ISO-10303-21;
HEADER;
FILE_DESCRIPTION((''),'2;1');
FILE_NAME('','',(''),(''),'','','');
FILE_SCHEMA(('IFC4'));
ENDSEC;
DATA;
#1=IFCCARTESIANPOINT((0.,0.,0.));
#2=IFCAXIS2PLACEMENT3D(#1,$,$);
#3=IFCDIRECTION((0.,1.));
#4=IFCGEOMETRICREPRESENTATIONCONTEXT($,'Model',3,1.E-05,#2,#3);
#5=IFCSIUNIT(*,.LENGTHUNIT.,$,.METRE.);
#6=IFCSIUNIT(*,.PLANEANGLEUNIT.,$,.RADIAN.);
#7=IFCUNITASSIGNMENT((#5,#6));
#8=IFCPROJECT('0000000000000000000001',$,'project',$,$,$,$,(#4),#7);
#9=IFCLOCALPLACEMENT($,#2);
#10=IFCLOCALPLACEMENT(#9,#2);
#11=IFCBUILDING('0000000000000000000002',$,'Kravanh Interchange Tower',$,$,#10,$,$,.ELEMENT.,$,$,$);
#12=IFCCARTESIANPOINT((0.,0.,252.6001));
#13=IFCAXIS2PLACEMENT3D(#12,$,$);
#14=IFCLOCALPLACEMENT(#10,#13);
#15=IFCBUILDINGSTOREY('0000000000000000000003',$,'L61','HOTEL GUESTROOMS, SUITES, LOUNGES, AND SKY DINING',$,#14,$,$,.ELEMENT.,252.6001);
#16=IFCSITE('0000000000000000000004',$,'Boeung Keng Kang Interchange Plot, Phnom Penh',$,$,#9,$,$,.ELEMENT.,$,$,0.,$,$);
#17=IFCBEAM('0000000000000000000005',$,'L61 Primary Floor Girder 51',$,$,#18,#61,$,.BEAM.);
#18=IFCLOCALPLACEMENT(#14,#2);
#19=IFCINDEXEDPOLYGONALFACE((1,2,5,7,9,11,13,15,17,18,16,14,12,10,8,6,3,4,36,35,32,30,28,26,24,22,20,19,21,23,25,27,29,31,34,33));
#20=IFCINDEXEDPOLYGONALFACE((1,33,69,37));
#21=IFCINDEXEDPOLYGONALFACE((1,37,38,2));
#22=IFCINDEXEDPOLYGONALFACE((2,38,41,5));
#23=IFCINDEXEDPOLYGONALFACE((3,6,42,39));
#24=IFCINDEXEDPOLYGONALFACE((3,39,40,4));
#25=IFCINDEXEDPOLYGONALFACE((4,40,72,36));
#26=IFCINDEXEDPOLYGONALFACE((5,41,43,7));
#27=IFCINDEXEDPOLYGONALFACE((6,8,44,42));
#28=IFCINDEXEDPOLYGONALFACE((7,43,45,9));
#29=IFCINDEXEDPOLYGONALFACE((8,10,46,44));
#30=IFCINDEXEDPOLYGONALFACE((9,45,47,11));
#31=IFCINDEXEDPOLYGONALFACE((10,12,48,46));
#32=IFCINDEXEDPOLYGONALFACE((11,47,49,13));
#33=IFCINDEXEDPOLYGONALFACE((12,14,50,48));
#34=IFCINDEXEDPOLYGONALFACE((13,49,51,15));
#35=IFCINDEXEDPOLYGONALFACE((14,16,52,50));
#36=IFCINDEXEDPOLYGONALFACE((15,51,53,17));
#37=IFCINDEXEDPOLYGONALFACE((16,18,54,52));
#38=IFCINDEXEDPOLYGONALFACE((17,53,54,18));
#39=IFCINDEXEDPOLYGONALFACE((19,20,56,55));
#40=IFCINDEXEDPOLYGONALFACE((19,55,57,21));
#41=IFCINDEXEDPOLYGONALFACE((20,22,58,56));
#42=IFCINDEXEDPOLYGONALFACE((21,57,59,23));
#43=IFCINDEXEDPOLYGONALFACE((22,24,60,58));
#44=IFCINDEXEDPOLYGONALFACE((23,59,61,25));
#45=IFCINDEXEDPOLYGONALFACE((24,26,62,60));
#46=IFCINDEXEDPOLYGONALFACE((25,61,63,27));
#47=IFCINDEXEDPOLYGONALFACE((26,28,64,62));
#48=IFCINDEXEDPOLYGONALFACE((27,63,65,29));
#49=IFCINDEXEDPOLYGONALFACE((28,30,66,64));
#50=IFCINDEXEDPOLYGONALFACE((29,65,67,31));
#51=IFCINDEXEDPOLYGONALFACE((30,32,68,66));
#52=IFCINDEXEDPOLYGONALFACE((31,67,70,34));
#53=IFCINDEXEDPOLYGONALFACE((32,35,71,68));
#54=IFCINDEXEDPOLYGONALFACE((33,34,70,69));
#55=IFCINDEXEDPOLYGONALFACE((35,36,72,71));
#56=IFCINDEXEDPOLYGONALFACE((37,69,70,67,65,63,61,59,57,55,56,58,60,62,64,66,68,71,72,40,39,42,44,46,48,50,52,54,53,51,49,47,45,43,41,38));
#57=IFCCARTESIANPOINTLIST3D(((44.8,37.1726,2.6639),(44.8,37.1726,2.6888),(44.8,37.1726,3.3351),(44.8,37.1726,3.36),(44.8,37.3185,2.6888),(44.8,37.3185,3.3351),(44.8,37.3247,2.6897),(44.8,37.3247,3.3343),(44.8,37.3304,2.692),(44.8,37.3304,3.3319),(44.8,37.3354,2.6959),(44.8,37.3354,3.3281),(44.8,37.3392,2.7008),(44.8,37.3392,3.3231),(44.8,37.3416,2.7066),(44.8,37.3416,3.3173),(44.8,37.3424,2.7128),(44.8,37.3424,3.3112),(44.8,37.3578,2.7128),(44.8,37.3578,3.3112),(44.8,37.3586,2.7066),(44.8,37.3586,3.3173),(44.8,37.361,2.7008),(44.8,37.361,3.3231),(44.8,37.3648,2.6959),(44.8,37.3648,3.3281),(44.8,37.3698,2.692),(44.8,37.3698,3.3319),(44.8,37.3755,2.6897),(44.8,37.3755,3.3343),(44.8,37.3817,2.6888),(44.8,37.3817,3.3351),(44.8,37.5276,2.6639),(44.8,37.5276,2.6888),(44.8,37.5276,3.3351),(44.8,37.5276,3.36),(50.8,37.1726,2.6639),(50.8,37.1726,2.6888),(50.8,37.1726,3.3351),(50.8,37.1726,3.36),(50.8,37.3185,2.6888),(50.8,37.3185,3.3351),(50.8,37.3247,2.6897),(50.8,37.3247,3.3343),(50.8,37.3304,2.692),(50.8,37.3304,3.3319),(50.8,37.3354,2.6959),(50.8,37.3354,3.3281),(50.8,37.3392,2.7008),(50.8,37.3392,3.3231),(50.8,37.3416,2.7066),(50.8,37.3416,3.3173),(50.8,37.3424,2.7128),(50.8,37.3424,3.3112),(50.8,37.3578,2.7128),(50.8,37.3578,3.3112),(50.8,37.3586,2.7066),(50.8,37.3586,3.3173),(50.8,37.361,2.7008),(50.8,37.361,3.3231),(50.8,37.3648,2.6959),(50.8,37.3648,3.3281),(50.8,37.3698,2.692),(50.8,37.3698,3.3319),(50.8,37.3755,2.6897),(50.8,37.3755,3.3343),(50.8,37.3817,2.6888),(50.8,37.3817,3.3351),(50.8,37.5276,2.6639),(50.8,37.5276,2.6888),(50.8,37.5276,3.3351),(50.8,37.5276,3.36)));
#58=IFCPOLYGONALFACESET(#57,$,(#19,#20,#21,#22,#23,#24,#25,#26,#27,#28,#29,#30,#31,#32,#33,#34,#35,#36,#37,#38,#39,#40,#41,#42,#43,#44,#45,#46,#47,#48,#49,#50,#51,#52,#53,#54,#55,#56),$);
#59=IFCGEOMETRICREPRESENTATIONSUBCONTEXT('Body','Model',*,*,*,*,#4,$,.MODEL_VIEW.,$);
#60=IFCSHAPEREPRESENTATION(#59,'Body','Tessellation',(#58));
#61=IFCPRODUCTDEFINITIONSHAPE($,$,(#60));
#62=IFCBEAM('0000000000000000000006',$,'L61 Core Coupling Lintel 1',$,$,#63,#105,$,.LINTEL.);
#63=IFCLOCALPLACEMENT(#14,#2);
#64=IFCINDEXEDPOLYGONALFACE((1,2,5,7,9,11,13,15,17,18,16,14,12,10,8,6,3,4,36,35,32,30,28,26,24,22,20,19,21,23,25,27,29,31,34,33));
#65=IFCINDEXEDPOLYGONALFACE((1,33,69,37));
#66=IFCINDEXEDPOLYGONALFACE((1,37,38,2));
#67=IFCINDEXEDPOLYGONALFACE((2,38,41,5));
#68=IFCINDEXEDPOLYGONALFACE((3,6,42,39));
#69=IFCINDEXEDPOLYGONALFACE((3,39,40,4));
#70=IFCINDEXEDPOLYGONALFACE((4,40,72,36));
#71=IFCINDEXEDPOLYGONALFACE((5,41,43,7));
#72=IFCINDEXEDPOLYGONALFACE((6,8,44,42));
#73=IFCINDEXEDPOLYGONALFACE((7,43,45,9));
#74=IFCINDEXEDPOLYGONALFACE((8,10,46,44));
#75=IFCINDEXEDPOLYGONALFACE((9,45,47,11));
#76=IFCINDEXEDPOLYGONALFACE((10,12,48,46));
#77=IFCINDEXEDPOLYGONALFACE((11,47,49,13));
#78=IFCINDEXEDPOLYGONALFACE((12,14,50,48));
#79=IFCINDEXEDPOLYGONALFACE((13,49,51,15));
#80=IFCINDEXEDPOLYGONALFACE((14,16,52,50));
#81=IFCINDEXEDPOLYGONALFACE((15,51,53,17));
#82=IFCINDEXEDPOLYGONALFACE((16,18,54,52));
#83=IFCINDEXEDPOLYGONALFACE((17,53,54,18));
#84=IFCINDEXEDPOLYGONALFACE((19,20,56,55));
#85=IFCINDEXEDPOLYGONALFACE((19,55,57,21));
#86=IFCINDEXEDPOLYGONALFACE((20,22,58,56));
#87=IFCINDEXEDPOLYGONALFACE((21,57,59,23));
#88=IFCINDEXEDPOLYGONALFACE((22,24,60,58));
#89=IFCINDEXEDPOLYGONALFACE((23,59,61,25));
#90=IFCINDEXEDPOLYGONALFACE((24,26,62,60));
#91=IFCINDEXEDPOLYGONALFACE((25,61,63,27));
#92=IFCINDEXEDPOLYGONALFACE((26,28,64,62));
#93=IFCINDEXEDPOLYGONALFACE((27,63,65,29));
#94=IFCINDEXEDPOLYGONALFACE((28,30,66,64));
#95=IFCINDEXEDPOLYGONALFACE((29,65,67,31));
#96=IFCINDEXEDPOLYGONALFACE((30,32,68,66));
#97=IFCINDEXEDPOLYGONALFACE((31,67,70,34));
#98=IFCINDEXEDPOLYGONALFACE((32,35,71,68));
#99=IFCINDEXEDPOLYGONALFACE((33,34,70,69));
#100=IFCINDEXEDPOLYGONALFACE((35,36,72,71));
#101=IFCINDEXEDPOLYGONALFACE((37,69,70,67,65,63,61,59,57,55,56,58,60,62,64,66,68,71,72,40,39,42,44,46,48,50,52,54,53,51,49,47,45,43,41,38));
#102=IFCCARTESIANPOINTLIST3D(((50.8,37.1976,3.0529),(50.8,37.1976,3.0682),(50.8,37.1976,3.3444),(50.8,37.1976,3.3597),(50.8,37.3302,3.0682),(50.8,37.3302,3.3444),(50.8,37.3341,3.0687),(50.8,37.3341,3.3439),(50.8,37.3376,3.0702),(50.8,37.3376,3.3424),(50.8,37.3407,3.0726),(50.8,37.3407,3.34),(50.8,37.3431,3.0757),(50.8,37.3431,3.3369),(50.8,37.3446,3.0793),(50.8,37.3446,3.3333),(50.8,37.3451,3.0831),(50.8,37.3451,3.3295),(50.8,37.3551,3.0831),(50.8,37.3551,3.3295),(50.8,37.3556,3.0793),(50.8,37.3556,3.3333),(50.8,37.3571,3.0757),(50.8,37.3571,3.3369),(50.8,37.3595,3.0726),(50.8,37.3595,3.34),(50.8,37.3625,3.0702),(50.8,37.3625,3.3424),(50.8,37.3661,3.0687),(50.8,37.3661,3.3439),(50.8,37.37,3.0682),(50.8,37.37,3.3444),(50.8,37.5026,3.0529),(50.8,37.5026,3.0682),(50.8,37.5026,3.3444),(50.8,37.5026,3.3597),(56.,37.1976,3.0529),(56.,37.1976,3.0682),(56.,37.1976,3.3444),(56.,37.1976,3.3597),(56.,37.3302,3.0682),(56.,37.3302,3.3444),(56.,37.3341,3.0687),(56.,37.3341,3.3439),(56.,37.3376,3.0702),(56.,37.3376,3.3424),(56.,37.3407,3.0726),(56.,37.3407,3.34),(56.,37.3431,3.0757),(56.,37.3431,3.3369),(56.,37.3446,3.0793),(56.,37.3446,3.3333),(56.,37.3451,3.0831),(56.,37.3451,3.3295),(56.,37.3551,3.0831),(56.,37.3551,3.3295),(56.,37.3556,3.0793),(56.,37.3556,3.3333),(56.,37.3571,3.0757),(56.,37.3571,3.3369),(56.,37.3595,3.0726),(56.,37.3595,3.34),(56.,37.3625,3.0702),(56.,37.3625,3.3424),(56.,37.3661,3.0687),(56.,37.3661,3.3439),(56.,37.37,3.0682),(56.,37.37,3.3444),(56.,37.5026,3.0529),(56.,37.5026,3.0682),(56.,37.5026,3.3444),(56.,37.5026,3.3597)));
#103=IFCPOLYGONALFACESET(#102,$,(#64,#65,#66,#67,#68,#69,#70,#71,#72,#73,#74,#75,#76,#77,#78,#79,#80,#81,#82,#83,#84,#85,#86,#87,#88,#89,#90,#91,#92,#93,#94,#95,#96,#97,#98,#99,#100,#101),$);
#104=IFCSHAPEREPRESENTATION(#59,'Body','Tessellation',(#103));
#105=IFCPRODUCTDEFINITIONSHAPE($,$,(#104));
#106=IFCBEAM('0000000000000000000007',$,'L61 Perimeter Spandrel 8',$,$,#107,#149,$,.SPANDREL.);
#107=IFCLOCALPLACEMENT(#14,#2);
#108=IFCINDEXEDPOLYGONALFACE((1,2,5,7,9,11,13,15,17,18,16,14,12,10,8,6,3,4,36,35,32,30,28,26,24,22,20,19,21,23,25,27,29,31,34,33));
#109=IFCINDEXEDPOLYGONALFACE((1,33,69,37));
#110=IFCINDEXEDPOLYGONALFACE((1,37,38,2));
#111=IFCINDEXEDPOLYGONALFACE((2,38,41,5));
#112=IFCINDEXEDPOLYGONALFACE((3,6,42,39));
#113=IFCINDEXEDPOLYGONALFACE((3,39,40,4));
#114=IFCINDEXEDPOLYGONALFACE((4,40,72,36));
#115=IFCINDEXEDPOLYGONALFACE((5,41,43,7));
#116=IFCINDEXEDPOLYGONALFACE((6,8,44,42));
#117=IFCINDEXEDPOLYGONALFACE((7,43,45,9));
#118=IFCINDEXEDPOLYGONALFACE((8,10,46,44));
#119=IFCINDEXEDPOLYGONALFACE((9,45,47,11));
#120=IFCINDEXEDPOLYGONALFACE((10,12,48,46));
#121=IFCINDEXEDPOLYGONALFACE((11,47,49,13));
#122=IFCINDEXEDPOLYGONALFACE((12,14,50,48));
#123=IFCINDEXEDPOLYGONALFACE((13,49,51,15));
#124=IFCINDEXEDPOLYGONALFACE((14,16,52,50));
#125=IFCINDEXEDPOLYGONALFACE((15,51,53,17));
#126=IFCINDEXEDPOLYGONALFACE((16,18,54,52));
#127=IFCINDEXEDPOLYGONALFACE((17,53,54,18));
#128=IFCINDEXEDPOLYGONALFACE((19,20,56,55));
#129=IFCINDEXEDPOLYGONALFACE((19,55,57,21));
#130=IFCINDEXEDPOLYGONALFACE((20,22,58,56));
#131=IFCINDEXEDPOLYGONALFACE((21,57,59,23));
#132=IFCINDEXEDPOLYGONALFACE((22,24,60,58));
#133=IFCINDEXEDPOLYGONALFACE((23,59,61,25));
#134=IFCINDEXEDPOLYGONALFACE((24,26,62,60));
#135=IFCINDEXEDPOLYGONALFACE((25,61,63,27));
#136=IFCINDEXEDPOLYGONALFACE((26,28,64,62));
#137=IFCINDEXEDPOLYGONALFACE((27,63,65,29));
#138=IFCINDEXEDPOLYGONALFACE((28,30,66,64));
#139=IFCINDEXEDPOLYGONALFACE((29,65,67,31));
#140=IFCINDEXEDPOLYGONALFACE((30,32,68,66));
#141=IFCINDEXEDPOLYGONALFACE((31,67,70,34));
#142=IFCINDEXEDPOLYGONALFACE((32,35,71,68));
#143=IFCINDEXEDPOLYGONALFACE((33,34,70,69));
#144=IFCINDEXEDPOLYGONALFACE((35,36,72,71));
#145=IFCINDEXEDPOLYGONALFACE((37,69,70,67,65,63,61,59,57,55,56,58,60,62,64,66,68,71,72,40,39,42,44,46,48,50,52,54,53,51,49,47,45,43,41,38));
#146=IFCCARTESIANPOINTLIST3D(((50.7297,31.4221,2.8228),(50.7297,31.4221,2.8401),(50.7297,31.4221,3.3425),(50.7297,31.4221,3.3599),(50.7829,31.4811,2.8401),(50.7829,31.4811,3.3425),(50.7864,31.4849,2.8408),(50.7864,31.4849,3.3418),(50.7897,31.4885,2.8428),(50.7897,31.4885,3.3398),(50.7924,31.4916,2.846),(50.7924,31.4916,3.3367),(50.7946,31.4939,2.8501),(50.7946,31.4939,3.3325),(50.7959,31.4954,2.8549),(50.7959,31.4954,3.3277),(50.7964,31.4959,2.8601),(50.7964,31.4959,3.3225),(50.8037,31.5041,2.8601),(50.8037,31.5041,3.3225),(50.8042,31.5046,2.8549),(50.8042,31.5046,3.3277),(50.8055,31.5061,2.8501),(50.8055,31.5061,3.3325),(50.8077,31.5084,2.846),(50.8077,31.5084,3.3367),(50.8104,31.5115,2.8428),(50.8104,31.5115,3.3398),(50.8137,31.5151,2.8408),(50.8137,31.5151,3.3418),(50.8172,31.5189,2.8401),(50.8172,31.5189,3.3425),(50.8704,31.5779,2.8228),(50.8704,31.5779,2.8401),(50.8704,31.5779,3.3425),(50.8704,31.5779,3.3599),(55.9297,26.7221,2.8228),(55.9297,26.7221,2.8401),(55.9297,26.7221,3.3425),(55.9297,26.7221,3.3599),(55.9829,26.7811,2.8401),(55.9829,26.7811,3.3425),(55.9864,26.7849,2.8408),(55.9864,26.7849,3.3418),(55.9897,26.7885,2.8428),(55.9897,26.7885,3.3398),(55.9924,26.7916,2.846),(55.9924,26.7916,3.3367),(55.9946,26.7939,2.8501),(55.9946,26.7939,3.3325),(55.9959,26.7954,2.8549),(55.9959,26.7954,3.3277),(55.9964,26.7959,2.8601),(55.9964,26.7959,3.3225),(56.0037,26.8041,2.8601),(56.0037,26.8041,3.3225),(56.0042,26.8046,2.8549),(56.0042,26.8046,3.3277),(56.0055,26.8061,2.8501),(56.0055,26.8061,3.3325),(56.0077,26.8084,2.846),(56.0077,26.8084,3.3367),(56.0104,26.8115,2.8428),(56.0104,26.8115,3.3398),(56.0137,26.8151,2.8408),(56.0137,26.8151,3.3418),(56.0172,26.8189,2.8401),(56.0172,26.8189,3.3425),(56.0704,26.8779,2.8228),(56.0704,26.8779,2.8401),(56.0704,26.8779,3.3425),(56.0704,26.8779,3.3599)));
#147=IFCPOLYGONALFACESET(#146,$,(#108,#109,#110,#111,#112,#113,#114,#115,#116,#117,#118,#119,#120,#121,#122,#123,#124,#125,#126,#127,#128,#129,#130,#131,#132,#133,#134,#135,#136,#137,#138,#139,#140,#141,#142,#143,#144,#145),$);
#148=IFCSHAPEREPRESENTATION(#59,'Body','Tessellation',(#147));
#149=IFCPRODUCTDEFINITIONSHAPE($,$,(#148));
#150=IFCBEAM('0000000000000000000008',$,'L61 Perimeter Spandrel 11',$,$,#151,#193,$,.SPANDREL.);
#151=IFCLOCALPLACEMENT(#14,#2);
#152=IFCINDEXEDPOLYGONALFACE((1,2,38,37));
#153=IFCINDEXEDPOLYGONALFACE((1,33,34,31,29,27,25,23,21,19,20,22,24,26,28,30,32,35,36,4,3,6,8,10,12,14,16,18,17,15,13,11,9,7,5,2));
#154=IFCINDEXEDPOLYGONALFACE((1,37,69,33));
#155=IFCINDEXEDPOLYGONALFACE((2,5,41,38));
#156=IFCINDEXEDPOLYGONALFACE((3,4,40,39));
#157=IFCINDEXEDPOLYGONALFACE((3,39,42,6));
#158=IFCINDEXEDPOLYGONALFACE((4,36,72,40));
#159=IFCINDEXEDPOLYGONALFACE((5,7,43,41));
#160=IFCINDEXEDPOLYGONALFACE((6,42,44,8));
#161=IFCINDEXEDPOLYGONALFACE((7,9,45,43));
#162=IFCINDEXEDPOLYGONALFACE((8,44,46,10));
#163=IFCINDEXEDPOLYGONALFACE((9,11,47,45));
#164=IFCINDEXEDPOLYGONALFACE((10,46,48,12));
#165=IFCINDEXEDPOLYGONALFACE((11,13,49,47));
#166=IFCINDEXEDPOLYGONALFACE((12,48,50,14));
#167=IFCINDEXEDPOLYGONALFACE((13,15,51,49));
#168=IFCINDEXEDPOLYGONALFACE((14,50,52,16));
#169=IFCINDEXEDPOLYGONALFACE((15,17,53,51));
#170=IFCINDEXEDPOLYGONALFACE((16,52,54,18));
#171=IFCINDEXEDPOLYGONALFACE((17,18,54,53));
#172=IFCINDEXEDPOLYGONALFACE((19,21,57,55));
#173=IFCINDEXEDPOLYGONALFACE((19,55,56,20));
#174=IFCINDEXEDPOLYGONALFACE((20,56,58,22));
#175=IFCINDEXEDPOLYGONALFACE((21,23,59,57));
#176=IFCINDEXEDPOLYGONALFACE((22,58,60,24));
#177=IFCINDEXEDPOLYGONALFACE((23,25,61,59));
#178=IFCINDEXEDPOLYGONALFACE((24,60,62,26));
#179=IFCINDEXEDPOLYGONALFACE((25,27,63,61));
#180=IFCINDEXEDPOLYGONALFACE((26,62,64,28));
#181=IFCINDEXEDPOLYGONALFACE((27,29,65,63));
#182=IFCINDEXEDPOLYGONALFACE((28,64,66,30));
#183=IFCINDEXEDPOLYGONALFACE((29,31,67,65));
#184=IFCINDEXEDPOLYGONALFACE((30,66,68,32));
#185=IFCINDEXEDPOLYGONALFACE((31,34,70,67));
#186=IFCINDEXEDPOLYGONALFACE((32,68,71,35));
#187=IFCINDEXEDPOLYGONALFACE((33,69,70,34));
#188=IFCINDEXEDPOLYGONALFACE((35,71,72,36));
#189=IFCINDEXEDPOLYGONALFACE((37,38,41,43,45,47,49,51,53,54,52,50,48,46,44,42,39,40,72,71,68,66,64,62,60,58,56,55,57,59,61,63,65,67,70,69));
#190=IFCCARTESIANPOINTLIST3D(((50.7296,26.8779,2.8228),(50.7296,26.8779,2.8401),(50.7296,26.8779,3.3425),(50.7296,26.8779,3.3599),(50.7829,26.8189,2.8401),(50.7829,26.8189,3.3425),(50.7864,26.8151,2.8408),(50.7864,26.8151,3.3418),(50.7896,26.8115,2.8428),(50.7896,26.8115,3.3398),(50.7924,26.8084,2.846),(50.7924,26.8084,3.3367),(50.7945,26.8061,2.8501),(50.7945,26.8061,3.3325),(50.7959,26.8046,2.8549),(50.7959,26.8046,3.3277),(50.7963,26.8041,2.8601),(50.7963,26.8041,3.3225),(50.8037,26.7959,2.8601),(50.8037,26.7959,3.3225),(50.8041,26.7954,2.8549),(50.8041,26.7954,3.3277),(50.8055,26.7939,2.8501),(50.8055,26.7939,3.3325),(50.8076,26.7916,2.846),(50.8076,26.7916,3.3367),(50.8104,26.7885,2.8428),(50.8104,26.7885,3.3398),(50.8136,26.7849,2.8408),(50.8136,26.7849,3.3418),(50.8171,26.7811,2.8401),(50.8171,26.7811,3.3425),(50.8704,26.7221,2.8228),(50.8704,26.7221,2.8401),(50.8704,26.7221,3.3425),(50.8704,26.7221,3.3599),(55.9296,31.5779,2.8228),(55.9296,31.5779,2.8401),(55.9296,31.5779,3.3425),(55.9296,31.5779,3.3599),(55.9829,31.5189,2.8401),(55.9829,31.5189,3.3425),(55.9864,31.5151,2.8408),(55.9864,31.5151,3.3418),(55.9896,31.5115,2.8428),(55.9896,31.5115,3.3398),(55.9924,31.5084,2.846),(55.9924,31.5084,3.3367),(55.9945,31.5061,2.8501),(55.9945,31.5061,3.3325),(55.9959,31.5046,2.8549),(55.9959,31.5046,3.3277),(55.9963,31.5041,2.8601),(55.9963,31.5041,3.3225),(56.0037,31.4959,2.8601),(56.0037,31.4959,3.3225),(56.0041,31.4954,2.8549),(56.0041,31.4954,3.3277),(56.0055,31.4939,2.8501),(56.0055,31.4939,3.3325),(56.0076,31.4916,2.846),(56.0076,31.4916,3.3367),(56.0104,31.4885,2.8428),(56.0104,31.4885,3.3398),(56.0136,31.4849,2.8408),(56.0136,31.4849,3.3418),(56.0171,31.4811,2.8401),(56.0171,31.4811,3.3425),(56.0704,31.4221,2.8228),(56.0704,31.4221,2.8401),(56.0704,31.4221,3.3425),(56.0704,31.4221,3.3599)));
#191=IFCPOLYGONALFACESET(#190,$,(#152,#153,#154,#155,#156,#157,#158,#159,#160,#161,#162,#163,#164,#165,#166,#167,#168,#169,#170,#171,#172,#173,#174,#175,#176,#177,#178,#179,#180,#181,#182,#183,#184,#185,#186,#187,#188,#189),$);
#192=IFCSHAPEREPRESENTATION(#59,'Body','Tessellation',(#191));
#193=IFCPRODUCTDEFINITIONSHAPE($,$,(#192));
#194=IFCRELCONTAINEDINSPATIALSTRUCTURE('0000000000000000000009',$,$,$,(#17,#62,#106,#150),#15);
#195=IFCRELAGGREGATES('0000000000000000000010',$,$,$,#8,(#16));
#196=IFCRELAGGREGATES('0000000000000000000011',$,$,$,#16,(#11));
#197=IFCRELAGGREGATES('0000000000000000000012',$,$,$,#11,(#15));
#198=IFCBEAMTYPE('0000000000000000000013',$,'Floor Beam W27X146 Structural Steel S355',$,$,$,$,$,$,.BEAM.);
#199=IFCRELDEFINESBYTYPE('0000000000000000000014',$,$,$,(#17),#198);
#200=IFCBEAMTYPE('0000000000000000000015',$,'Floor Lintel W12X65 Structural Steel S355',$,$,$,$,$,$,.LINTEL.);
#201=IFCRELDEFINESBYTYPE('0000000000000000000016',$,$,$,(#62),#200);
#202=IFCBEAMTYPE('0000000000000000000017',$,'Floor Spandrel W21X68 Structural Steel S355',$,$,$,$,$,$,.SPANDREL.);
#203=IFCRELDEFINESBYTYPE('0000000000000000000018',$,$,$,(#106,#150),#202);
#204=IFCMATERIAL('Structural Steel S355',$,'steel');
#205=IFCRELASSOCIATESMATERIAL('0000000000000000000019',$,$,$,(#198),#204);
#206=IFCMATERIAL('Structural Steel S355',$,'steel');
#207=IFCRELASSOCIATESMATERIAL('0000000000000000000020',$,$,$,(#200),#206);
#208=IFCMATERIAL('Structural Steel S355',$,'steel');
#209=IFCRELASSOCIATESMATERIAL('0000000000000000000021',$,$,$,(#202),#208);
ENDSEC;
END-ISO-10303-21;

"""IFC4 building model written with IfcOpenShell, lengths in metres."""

from ifc_helpers import new_model, si_unit, direction, frame, origin, origin_2d, place, context, subcontext, project, spatial, i_section, extrude, material, material_profile, profile_set, type_object, element, save


model = new_model("IFC4")

# Units and contexts
model_context = context("Model", 3, precision=1e-05, world=origin(), true_north=direction((0.0, 1.0)))
body_context = subcontext(model_context, "Body", "Model", "MODEL_VIEW")
ifc_project = project(units=[si_unit("LENGTHUNIT", "METRE"), si_unit("PLANEANGLEUNIT", "RADIAN")], contexts=[model_context])

# Site, building, storey
site_placement = place(None, origin())
site = spatial("IfcSite", under=ifc_project, at=site_placement, Name="Boeung Keng Kang Interchange Plot, Phnom Penh", CompositionType="ELEMENT", RefElevation=0.0)
building_placement = place(site_placement, origin())
building = spatial("IfcBuilding", under=site, at=building_placement, Name="Kravanh Interchange Tower", CompositionType="ELEMENT")
storey_placement = place(building_placement, frame((0.0, 0.0, 252.6001)))
storey = spatial("IfcBuildingStorey", under=building, at=storey_placement, Name="L61", Description="HOTEL GUESTROOMS, SUITES, LOUNGES, AND SKY DINING", CompositionType="ELEMENT", Elevation=252.6001)

# Beams
ifc_material_1 = material(Name="Structural Steel S355", Category="steel")
ifc_material_profile_1 = material_profile(ifc_material_1, i_section(OverallWidth=0.355, OverallDepth=0.696, WebThickness=0.0154, FlangeThickness=0.0249, FilletRadius=0.0239, at=origin_2d()), Name="W27X146")
ifc_profile_set_1 = profile_set([ifc_material_profile_1], Name="Structural Steel S355")
beam_type_1 = type_object("IfcBeamType", Name="Floor Beam W27X146 Structural Steel S355", PredefinedType="BEAM", material=ifc_profile_set_1)
beam_1_placement = place(storey_placement, frame((50.8, 37.3501, 3.012), z_axis=(-1.0, 0.0, 0.0), x_axis=(0.0, -1.0, 0.0)))
element("IfcBeam", 1, at=beam_1_placement, inside=storey, type_object=beam_type_1, Name="L61 Primary Floor Girder 51", PredefinedType="BEAM", context=body_context, shape_type="SweptSolid", body=[
    extrude(i_section(OverallWidth=0.355, OverallDepth=0.696, WebThickness=0.0154, FlangeThickness=0.0249, FilletRadius=0.0239, at=origin_2d()), origin(), (0.0, 0.0, 1.0), 6.0),
])
ifc_material_2 = material(Name="Structural Steel S355", Category="steel")
ifc_material_profile_2 = material_profile(ifc_material_2, i_section(OverallWidth=0.3049, OverallDepth=0.3069, WebThickness=0.01, FlangeThickness=0.0154, FilletRadius=0.0149, at=origin_2d()), Name="W12X65")
ifc_profile_set_2 = profile_set([ifc_material_profile_2], Name="Structural Steel S355")
beam_type_2 = type_object("IfcBeamType", Name="Floor Lintel W12X65 Structural Steel S355", PredefinedType="LINTEL", material=ifc_profile_set_2)
beam_2_placement = place(storey_placement, frame((50.8, 37.3501, 3.2063), z_axis=(1.0, 0.0, 0.0), x_axis=(0.0, 1.0, 0.0)))
element("IfcBeam", 2, at=beam_2_placement, inside=storey, type_object=beam_type_2, Name="L61 Core Coupling Lintel 1", PredefinedType="LINTEL", context=body_context, shape_type="SweptSolid", body=[
    extrude(i_section(OverallWidth=0.3049, OverallDepth=0.3069, WebThickness=0.01, FlangeThickness=0.0154, FilletRadius=0.0149, at=origin_2d()), origin(), (0.0, 0.0, 1.0), 5.2),
])
ifc_material_3 = material(Name="Structural Steel S355", Category="steel")
ifc_material_profile_3 = material_profile(ifc_material_3, i_section(OverallWidth=0.21, OverallDepth=0.5371, WebThickness=0.011, FlangeThickness=0.0173, FilletRadius=0.02, at=origin_2d()), Name="W21X68")
ifc_profile_set_3 = profile_set([ifc_material_profile_3], Name="Structural Steel S355")
beam_type_3 = type_object("IfcBeamType", Name="Floor Spandrel W21X68 Structural Steel S355", PredefinedType="SPANDREL", material=ifc_profile_set_3)
for number, where, z_axis, x_axis, name in (
    (3, (50.8, 31.5, 3.0913), (0.741874, -0.670539, 0.0), (0.670539, 0.741874, 0.0), "L61 Perimeter Spandrel 8"),
    (4, (56.0, 31.5, 3.0913), (-0.741874, -0.670539, 0.0), (0.670539, -0.741874, 0.0), "L61 Perimeter Spandrel 11"),
):
    element("IfcBeam", number, at=place(storey_placement, frame(where, z_axis=z_axis, x_axis=x_axis)), inside=storey, type_object=beam_type_3, Name=name, PredefinedType="SPANDREL", context=body_context, shape_type="SweptSolid", body=[
        extrude(i_section(OverallWidth=0.21, OverallDepth=0.5371, WebThickness=0.011, FlangeThickness=0.0173, FilletRadius=0.02, at=origin_2d()), origin(), (0.0, 0.0, 1.0), 7.0093),
    ])

save(model, "model.ifc")
